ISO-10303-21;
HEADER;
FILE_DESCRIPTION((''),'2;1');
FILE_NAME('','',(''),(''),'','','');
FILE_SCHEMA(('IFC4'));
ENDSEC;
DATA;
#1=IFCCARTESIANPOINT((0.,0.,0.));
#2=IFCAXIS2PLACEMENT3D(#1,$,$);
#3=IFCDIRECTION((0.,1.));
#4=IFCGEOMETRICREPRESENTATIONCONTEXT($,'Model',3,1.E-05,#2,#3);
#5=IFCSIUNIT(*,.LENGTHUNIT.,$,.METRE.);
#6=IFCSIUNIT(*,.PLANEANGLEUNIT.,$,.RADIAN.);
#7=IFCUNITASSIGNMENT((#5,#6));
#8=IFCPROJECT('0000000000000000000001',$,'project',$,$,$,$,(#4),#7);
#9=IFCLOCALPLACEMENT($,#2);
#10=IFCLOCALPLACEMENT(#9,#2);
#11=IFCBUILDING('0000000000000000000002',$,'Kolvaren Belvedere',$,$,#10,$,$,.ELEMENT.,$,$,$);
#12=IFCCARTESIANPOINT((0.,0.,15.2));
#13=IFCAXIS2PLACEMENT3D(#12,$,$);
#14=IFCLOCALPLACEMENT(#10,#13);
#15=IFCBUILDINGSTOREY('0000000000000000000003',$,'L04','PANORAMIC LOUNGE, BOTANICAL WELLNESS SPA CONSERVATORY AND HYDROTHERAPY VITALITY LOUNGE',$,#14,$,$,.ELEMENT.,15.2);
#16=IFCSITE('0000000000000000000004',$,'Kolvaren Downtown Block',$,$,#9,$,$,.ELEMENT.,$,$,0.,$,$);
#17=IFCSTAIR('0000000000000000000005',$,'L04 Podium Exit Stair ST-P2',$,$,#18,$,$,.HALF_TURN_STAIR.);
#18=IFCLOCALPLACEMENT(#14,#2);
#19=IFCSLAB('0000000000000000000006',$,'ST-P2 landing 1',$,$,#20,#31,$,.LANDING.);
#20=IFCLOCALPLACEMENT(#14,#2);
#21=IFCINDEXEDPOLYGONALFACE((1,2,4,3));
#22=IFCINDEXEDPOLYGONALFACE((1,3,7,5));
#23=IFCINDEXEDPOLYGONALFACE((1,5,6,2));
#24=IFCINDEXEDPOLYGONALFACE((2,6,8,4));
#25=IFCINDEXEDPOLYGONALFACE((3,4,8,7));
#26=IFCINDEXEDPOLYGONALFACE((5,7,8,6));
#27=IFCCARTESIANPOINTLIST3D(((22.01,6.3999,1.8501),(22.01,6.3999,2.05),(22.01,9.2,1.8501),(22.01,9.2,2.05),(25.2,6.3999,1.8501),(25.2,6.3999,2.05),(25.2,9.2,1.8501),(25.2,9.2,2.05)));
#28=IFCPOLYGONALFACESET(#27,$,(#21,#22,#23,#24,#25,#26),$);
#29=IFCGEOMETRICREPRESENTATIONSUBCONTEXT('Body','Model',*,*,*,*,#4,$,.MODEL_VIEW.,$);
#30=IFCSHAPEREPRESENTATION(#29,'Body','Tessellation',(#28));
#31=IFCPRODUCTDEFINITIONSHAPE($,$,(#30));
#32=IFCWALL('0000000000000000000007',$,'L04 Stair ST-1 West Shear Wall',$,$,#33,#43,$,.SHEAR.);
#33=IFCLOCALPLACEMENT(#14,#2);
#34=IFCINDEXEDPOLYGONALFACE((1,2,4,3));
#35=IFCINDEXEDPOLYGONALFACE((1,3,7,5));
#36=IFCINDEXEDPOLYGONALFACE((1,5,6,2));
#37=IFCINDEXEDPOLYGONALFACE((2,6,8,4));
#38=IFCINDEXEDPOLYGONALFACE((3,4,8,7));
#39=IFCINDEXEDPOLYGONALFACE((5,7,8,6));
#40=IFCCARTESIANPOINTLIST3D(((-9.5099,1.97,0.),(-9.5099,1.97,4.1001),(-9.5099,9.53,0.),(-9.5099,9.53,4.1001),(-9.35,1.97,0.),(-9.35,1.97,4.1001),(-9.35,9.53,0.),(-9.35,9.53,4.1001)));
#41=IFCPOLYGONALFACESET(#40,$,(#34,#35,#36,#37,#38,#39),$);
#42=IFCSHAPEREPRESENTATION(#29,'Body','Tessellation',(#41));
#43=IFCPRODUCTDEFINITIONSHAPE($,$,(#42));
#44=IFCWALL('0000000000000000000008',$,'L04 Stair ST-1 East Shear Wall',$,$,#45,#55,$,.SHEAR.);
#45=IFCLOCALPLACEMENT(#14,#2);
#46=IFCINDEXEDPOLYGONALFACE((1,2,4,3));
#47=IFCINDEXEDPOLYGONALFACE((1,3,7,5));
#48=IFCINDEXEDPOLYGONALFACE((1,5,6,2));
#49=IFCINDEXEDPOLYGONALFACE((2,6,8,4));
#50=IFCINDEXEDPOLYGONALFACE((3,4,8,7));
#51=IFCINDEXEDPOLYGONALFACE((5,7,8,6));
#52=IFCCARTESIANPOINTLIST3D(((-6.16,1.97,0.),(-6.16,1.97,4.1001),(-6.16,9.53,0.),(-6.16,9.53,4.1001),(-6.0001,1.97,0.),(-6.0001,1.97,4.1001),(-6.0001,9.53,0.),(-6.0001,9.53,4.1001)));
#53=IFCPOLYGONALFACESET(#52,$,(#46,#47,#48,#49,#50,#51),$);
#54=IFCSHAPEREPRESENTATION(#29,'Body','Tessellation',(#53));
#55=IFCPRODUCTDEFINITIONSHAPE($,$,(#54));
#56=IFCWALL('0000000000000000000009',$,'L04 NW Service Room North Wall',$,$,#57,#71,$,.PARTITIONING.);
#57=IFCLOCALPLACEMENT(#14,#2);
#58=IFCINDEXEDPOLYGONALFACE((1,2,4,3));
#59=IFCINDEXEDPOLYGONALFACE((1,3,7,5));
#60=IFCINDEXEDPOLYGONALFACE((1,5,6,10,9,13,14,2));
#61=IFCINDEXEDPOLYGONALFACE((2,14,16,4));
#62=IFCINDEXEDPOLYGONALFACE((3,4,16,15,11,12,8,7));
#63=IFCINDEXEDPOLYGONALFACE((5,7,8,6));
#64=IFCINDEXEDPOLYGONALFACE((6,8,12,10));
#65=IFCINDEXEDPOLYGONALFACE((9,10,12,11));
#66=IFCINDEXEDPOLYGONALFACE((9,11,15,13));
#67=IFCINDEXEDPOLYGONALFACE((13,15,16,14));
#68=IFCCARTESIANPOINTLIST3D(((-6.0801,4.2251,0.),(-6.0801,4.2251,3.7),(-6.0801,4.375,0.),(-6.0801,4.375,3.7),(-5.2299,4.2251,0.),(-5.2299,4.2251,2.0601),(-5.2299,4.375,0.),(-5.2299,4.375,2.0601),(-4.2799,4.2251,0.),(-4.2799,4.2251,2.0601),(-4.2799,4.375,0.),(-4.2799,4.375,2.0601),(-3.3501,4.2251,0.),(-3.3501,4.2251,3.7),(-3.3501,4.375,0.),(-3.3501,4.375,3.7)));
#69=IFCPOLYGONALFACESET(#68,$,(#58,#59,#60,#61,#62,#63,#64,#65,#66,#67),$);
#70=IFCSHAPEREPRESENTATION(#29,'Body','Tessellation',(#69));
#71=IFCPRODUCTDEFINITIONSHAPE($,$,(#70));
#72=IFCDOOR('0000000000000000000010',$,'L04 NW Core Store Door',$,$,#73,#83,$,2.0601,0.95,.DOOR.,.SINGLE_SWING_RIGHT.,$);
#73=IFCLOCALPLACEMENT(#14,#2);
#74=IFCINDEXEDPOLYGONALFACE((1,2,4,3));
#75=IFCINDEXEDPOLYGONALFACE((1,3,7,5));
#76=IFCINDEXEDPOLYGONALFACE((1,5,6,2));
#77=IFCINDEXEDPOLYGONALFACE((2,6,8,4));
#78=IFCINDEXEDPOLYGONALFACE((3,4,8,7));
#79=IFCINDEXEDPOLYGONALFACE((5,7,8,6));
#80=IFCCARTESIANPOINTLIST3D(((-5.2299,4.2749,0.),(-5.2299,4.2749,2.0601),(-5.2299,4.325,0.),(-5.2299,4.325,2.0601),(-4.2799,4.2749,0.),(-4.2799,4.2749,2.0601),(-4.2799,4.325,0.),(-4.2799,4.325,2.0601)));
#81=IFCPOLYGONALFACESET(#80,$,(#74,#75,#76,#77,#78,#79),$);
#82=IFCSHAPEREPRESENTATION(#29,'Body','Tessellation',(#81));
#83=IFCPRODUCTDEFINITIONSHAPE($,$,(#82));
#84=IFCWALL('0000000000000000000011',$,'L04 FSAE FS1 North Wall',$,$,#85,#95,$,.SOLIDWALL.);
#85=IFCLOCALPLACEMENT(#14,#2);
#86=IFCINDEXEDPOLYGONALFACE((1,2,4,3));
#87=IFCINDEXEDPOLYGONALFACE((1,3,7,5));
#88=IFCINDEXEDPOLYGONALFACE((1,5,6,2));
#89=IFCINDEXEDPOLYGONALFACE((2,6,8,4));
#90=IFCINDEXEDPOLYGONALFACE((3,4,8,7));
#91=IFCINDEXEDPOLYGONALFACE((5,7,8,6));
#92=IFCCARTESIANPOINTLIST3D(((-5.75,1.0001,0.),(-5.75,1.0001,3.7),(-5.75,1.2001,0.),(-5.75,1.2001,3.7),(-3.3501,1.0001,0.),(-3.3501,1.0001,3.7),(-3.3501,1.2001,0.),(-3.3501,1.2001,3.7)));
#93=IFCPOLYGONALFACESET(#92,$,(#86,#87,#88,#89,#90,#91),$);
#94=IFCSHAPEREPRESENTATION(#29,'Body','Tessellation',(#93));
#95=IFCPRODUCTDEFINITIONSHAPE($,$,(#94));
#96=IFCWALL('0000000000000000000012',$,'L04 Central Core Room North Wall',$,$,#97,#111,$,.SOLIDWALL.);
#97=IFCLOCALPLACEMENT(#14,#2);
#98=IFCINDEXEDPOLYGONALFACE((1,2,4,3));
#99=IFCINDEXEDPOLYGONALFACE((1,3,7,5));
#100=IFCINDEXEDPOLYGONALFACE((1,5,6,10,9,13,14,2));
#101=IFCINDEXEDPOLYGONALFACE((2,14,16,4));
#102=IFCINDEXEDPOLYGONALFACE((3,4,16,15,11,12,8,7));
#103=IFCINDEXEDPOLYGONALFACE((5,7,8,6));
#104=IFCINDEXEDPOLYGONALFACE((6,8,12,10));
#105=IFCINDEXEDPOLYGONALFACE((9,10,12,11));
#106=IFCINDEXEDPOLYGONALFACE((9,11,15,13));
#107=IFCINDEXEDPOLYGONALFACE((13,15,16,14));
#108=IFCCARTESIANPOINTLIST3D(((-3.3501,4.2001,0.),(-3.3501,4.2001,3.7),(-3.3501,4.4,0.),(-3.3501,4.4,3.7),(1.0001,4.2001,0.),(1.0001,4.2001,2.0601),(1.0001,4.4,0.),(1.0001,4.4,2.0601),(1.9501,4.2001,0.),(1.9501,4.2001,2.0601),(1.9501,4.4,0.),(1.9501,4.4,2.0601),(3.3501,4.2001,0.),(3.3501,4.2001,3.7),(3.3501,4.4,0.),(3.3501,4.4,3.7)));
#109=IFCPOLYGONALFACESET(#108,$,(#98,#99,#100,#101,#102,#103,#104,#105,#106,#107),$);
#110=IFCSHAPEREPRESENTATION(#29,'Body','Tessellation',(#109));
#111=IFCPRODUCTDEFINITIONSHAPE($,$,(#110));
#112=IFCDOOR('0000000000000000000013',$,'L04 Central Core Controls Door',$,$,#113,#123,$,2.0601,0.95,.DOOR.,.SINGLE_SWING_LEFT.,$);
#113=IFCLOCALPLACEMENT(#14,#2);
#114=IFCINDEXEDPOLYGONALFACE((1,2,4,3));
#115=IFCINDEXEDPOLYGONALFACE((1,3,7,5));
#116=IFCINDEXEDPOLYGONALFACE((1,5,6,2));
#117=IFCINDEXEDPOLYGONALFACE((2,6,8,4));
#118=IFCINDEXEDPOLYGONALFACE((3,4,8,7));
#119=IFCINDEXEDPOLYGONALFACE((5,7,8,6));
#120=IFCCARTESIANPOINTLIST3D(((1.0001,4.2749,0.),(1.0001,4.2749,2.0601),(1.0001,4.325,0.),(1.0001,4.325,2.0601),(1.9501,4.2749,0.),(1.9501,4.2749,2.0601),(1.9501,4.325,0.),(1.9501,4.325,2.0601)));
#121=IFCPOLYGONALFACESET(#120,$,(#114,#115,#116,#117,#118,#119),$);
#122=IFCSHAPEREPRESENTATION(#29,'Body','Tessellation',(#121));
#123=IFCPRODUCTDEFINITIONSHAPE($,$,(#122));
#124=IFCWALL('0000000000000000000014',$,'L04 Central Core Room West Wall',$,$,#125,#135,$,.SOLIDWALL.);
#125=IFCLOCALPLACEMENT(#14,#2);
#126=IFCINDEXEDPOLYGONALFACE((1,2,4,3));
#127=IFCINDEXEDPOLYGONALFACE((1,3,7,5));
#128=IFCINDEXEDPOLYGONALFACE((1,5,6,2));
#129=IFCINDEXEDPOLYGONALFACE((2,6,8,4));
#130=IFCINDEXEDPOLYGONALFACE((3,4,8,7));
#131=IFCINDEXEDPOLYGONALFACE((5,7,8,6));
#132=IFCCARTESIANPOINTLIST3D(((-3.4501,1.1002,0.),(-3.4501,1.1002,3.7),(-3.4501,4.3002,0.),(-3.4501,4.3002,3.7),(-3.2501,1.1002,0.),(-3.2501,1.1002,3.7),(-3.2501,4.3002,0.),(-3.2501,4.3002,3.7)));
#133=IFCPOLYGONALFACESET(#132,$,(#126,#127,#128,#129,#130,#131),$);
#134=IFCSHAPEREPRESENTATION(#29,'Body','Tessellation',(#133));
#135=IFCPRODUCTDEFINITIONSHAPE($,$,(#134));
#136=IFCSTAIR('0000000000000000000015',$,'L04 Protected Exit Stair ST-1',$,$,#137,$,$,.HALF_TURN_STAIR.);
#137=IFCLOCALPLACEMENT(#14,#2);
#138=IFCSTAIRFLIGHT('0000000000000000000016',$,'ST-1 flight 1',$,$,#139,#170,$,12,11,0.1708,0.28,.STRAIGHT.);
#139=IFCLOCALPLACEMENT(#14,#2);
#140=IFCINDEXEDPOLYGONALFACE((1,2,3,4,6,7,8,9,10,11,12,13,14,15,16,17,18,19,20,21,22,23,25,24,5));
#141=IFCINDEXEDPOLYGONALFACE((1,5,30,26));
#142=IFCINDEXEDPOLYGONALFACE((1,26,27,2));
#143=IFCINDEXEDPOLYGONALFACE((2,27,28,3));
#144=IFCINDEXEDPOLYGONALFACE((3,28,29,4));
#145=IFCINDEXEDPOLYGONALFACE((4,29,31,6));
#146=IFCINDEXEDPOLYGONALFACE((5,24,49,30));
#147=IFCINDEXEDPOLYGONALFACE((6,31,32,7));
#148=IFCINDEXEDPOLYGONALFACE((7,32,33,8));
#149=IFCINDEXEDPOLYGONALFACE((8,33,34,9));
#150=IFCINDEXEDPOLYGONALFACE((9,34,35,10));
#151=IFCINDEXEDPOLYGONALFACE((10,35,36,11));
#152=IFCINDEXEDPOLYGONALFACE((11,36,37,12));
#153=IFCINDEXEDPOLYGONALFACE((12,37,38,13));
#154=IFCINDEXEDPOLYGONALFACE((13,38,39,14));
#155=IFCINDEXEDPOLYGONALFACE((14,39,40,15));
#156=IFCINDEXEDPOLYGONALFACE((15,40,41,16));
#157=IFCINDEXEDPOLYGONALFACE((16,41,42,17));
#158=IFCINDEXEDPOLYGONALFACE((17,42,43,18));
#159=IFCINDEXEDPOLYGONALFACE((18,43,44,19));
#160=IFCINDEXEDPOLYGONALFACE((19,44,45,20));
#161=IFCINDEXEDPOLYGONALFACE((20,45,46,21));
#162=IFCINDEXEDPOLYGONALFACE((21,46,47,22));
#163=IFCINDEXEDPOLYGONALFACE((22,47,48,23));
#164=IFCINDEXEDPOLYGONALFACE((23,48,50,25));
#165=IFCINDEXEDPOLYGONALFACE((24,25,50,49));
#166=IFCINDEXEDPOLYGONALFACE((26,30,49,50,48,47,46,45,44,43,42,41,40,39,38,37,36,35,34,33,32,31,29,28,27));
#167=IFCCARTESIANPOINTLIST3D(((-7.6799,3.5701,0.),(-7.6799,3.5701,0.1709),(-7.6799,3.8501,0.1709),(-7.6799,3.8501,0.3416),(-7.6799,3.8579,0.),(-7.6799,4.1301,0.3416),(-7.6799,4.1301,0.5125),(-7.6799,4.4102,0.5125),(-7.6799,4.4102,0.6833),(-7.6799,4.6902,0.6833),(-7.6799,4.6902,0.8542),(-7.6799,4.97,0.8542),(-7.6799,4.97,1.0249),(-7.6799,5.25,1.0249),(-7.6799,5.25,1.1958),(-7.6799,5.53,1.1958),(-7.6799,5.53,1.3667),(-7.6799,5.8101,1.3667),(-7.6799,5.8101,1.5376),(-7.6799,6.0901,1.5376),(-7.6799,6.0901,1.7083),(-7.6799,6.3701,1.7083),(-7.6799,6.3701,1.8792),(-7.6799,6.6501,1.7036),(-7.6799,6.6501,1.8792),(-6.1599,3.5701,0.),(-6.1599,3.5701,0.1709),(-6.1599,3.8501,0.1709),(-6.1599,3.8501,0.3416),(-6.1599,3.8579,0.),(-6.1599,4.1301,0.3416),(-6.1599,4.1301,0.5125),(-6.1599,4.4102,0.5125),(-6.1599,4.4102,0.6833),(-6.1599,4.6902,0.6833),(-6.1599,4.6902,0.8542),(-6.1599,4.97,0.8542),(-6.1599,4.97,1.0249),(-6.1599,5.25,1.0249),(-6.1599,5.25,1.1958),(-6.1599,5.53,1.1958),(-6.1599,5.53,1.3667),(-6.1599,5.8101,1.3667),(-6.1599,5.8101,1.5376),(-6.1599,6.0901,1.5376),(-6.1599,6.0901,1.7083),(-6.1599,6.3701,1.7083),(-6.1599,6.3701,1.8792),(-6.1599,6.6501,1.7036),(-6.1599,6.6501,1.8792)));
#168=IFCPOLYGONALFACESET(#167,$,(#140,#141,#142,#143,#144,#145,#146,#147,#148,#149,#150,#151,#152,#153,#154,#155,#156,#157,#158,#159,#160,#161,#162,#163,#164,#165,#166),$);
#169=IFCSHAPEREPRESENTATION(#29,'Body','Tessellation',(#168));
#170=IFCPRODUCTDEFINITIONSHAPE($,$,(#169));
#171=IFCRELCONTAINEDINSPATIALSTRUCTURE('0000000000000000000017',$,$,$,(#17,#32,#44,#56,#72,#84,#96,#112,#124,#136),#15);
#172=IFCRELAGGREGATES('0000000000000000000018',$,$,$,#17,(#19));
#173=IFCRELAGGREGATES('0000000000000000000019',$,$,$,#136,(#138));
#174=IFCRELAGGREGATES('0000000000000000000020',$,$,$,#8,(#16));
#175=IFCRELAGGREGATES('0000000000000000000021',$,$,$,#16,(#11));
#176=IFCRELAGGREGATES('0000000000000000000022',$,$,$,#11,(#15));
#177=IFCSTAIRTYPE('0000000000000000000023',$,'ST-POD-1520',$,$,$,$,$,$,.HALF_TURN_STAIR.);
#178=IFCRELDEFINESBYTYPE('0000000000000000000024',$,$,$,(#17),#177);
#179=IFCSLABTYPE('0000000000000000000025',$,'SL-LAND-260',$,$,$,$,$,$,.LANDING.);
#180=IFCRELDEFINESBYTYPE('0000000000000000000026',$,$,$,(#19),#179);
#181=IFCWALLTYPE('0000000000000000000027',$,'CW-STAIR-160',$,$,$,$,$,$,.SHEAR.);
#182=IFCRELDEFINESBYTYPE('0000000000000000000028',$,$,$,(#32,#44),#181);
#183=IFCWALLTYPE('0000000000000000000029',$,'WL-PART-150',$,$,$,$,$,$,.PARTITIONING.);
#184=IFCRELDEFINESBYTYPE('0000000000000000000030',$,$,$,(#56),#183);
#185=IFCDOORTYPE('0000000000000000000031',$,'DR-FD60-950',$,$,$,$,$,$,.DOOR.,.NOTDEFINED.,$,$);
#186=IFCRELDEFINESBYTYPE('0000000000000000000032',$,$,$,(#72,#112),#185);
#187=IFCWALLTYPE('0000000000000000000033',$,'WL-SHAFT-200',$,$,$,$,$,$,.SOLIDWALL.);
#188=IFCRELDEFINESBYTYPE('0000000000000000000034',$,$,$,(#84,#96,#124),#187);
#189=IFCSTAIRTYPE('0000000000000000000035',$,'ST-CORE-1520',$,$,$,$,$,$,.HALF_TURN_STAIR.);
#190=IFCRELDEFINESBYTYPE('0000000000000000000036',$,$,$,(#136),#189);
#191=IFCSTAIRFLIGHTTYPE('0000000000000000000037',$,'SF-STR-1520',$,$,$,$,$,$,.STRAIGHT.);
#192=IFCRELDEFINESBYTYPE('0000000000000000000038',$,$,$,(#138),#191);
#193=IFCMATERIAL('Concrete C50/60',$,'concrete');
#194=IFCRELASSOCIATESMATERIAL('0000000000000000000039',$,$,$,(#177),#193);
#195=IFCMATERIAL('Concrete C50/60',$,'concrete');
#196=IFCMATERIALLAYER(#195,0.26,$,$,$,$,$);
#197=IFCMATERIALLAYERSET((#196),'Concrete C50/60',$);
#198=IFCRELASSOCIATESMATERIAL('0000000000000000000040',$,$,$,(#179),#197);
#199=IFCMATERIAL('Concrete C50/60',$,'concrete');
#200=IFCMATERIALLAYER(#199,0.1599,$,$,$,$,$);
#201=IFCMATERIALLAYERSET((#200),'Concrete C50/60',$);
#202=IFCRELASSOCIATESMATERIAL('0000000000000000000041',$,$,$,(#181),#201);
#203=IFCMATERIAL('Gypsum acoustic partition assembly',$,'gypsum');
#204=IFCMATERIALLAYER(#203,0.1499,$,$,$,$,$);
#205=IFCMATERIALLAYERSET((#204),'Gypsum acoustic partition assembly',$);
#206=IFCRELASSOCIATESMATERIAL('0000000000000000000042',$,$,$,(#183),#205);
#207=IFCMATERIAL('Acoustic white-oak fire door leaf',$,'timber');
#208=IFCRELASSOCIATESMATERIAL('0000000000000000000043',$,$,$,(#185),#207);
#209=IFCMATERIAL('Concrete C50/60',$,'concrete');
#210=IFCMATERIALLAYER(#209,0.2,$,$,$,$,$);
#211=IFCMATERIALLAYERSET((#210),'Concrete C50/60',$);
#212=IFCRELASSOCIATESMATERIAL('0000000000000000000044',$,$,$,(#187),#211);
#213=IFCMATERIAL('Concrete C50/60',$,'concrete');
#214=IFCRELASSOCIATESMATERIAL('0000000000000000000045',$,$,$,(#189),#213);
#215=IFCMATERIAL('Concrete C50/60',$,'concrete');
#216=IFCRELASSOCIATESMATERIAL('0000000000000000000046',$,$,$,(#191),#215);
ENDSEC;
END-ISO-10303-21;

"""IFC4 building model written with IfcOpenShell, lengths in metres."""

from ifc_helpers import new_model, si_unit, direction, frame, frame_2d, origin, place, context, subcontext, project, spatial, polyline, rectangle, outline, extrude, material, layer, layer_set, type_object, element, fill, aggregate, save


model = new_model("IFC4")

# Units and contexts
model_context = context("Model", 3, precision=1e-05, world=origin(), true_north=direction((0.0, 1.0)))
body_context = subcontext(model_context, "Body", "Model", "MODEL_VIEW")
ifc_project = project(units=[si_unit("LENGTHUNIT", "METRE"), si_unit("PLANEANGLEUNIT", "RADIAN")], contexts=[model_context])

# Site, building, storey
site_placement = place(None, origin())
site = spatial("IfcSite", under=ifc_project, at=site_placement, Name="Kolvaren Downtown Block", CompositionType="ELEMENT", RefElevation=0.0)
building_placement = place(site_placement, origin())
building = spatial("IfcBuilding", under=site, at=building_placement, Name="Kolvaren Belvedere", CompositionType="ELEMENT")
storey_placement = place(building_placement, frame((0.0, 0.0, 15.2)))
storey = spatial("IfcBuildingStorey", under=building, at=storey_placement, Name="L04", Description="PANORAMIC LOUNGE, BOTANICAL WELLNESS SPA CONSERVATORY AND HYDROTHERAPY VITALITY LOUNGE", CompositionType="ELEMENT", Elevation=15.2)

# Stair, slab
ifc_material_1 = material(Name="Concrete C50/60", Category="concrete")
stair_type_1 = type_object("IfcStairType", Name="ST-POD-1520", PredefinedType="HALF_TURN_STAIR", material=ifc_material_1)
stair_1_placement = place(storey_placement, origin())
stair_1 = element("IfcStair", 1, at=stair_1_placement, inside=storey, type_object=stair_type_1, Name="L04 Podium Exit Stair ST-P2", PredefinedType="HALF_TURN_STAIR")
ifc_material_2 = material(Name="Concrete C50/60", Category="concrete")
ifc_layer_1 = layer(ifc_material_2, 0.26)
ifc_layer_set_1 = layer_set([ifc_layer_1], Name="Concrete C50/60")
slab_type = type_object("IfcSlabType", Name="SL-LAND-260", PredefinedType="LANDING", material=ifc_layer_set_1)
slab_placement = place(storey_placement, frame((0.0, 0.0, 1.8501)))
slab = element("IfcSlab", 2, at=slab_placement, type_object=slab_type, Name="ST-P2 landing 1", PredefinedType="LANDING", context=body_context, shape_type="SweptSolid", body=[
    extrude(outline(polyline([(25.2, 6.3999), (25.2, 9.2), (22.01, 9.2), (22.01, 6.3999), (25.2, 6.3999)])), origin(), (0.0, 0.0, 1.0), 0.2),
])
aggregate(stair_1, [slab])

# Walls
ifc_material_3 = material(Name="Concrete C50/60", Category="concrete")
ifc_layer_2 = layer(ifc_material_3, 0.1599)
ifc_layer_set_2 = layer_set([ifc_layer_2], Name="Concrete C50/60")
wall_type_1 = type_object("IfcWallType", Name="CW-STAIR-160", PredefinedType="SHEAR", material=ifc_layer_set_2)
for number, where, z_axis, x_axis, name in (
    (3, (-9.4299, 1.97, 0.0), (0.0, 0.0, 1.0), (0.0, 1.0, 0.0), "L04 Stair ST-1 West Shear Wall"),
    (4, (-6.0801, 1.97, 0.0), (0.0, 0.0, 1.0), (0.0, 1.0, 0.0), "L04 Stair ST-1 East Shear Wall"),
):
    element("IfcWall", number, at=place(storey_placement, frame(where, z_axis=z_axis, x_axis=x_axis)), inside=storey, type_object=wall_type_1, Name=name, PredefinedType="SHEAR", context=body_context, shape_type="SweptSolid", body=[
        extrude(rectangle(XDim=7.5601, YDim=0.1599, at=frame_2d((3.78, 0.0))), origin(), (0.0, 0.0, 1.0), 4.1001),
    ])

# Wall, opening, door
ifc_material_4 = material(Name="Gypsum acoustic partition assembly", Category="gypsum")
ifc_layer_3 = layer(ifc_material_4, 0.1499)
ifc_layer_set_3 = layer_set([ifc_layer_3], Name="Gypsum acoustic partition assembly")
wall_type_2 = type_object("IfcWallType", Name="WL-PART-150", PredefinedType="PARTITIONING", material=ifc_layer_set_3)
wall_1_placement = place(storey_placement, frame((-6.0801, 4.3, 0.0), z_axis=(0.0, 0.0, 1.0), x_axis=(1.0, 0.0, 0.0)))
wall_1 = element("IfcWall", 5, at=wall_1_placement, inside=storey, type_object=wall_type_2, Name="L04 NW Service Room North Wall", PredefinedType="PARTITIONING", context=body_context, shape_type="SweptSolid", body=[
    extrude(rectangle(XDim=2.73, YDim=0.1499, at=frame_2d((1.365, 0.0))), origin(), (0.0, 0.0, 1.0), 3.7),
])
opening_1_placement = place(wall_1_placement, frame((0.8501, 0.0, 0.0)))
opening_1 = element("IfcOpeningElement", 6, at=opening_1_placement, cuts=wall_1, PredefinedType="OPENING", context=body_context, shape_type="SweptSolid", body=[
    extrude(rectangle(XDim=0.95, YDim=2.0601, at=frame_2d((0.4751, 1.03))), frame((0.0, 0.085, 0.0), z_axis=(0.0, -1.0, 0.0), x_axis=(1.0, 0.0, 0.0)), (0.0, 0.0, 1.0), 0.1699),
])
ifc_material_5 = material(Name="Acoustic white-oak fire door leaf", Category="timber")
door_type = type_object("IfcDoorType", Name="DR-FD60-950", OperationType="NOTDEFINED", PredefinedType="DOOR", material=ifc_material_5)
door_1_placement = place(opening_1_placement, origin())
door_1 = element("IfcDoor", 7, at=door_1_placement, inside=storey, type_object=door_type, Name="L04 NW Core Store Door", OperationType="SINGLE_SWING_RIGHT", OverallHeight=2.0601, OverallWidth=0.95, PredefinedType="DOOR", context=body_context, shape_type="SweptSolid", body=[
    extrude(rectangle(XDim=0.95, YDim=2.0601, at=frame_2d((0.4751, 1.03))), frame((0.0, 0.0249, 0.0), z_axis=(0.0, -1.0, 0.0), x_axis=(1.0, 0.0, 0.0)), (0.0, 0.0, 1.0), 0.05),
])
fill(opening_1, door_1)

# Wall
ifc_material_6 = material(Name="Concrete C50/60", Category="concrete")
ifc_layer_4 = layer(ifc_material_6, 0.2)
ifc_layer_set_4 = layer_set([ifc_layer_4], Name="Concrete C50/60")
wall_type_3 = type_object("IfcWallType", Name="WL-SHAFT-200", PredefinedType="SOLIDWALL", material=ifc_layer_set_4)
wall_2_placement = place(storey_placement, frame((-5.75, 1.1001, 0.0), z_axis=(0.0, 0.0, 1.0), x_axis=(1.0, 0.0, 0.0)))
element("IfcWall", 8, at=wall_2_placement, inside=storey, type_object=wall_type_3, Name="L04 FSAE FS1 North Wall", PredefinedType="SOLIDWALL", context=body_context, shape_type="SweptSolid", body=[
    extrude(rectangle(XDim=2.3999, YDim=0.2, at=frame_2d((1.2, 0.0))), origin(), (0.0, 0.0, 1.0), 3.7),
])

# Wall, opening, door
wall_3_placement = place(storey_placement, frame((-3.3501, 4.3, 0.0), z_axis=(0.0, 0.0, 1.0), x_axis=(1.0, 0.0, 0.0)))
wall_3 = element("IfcWall", 9, at=wall_3_placement, inside=storey, type_object=wall_type_3, Name="L04 Central Core Room North Wall", PredefinedType="SOLIDWALL", context=body_context, shape_type="SweptSolid", body=[
    extrude(rectangle(XDim=6.7002, YDim=0.2, at=frame_2d((3.3501, 0.0))), origin(), (0.0, 0.0, 1.0), 3.7),
])
opening_2_placement = place(wall_3_placement, frame((4.3501, 0.0, 0.0)))
opening_2 = element("IfcOpeningElement", 10, at=opening_2_placement, cuts=wall_3, PredefinedType="OPENING", context=body_context, shape_type="SweptSolid", body=[
    extrude(rectangle(XDim=0.95, YDim=2.0601, at=frame_2d((0.4751, 1.03))), frame((0.0, 0.1099, 0.0), z_axis=(0.0, -1.0, 0.0), x_axis=(1.0, 0.0, 0.0)), (0.0, 0.0, 1.0), 0.22),
])
door_2_placement = place(opening_2_placement, origin())
door_2 = element("IfcDoor", 11, at=door_2_placement, inside=storey, type_object=door_type, Name="L04 Central Core Controls Door", OperationType="SINGLE_SWING_LEFT", OverallHeight=2.0601, OverallWidth=0.95, PredefinedType="DOOR", context=body_context, shape_type="SweptSolid", body=[
    extrude(rectangle(XDim=0.95, YDim=2.0601, at=frame_2d((0.4751, 1.03))), frame((0.0, 0.0249, 0.0), z_axis=(0.0, -1.0, 0.0), x_axis=(1.0, 0.0, 0.0)), (0.0, 0.0, 1.0), 0.05),
])
fill(opening_2, door_2)

# Wall
wall_4_placement = place(storey_placement, frame((-3.3501, 1.1001, 0.0), z_axis=(0.0, 0.0, 1.0), x_axis=(0.0, 1.0, 0.0)))
element("IfcWall", 12, at=wall_4_placement, inside=storey, type_object=wall_type_3, Name="L04 Central Core Room West Wall", PredefinedType="SOLIDWALL", context=body_context, shape_type="SweptSolid", body=[
    extrude(rectangle(XDim=3.2, YDim=0.2, at=frame_2d((1.6001, 0.0))), origin(), (0.0, 0.0, 1.0), 3.7),
])

# Stair, stair flight
ifc_material_7 = material(Name="Concrete C50/60", Category="concrete")
stair_type_2 = type_object("IfcStairType", Name="ST-CORE-1520", PredefinedType="HALF_TURN_STAIR", material=ifc_material_7)
stair_2_placement = place(storey_placement, origin())
stair_2 = element("IfcStair", 13, at=stair_2_placement, inside=storey, type_object=stair_type_2, Name="L04 Protected Exit Stair ST-1", PredefinedType="HALF_TURN_STAIR")
ifc_material_8 = material(Name="Concrete C50/60", Category="concrete")
stair_flight_type = type_object("IfcStairFlightType", Name="SF-STR-1520", PredefinedType="STRAIGHT", material=ifc_material_8)
stair_flight_1_placement = place(storey_placement, frame((-6.9199, 3.5701, 0.0), z_axis=(0.0, 0.0, 1.0), x_axis=(0.0, 1.0, 0.0)))
stair_flight_1 = element("IfcStairFlight", 14, at=stair_flight_1_placement, type_object=stair_flight_type, Name="ST-1 flight 1", NumberOfRisers=12, NumberOfTreads=11, PredefinedType="STRAIGHT", RiserHeight=0.1708, TreadLength=0.28, context=body_context, shape_type="SweptSolid", body=[
    extrude(outline(polyline([(0.0, 0.0), (0.0, 0.1709), (0.28, 0.1709), (0.28, 0.3416), (0.5601, 0.3416), (0.5601, 0.5125), (0.8401, 0.5125), (0.8401, 0.6833), (1.1201, 0.6833), (1.1201, 0.8542), (1.3999, 0.8542), (1.3999, 1.0249), (1.6799, 1.0249), (1.6799, 1.1958), (1.96, 1.1958), (1.96, 1.3667), (2.24, 1.3667), (2.24, 1.5376), (2.52, 1.5376), (2.52, 1.7083), (2.8, 1.7083), (2.8, 1.8792), (3.0801, 1.8792), (3.0801, 2.05), (3.0801, 1.7036), (0.2878, 0.0), (0.0, 0.0)])), frame((0.0, 0.76, 0.0), z_axis=(0.0, -1.0, 0.0), x_axis=(1.0, 0.0, 0.0)), (0.0, 0.0, 1.0), 1.52),
])
aggregate(stair_2, [stair_flight_1])

save(model, "model.ifc")
